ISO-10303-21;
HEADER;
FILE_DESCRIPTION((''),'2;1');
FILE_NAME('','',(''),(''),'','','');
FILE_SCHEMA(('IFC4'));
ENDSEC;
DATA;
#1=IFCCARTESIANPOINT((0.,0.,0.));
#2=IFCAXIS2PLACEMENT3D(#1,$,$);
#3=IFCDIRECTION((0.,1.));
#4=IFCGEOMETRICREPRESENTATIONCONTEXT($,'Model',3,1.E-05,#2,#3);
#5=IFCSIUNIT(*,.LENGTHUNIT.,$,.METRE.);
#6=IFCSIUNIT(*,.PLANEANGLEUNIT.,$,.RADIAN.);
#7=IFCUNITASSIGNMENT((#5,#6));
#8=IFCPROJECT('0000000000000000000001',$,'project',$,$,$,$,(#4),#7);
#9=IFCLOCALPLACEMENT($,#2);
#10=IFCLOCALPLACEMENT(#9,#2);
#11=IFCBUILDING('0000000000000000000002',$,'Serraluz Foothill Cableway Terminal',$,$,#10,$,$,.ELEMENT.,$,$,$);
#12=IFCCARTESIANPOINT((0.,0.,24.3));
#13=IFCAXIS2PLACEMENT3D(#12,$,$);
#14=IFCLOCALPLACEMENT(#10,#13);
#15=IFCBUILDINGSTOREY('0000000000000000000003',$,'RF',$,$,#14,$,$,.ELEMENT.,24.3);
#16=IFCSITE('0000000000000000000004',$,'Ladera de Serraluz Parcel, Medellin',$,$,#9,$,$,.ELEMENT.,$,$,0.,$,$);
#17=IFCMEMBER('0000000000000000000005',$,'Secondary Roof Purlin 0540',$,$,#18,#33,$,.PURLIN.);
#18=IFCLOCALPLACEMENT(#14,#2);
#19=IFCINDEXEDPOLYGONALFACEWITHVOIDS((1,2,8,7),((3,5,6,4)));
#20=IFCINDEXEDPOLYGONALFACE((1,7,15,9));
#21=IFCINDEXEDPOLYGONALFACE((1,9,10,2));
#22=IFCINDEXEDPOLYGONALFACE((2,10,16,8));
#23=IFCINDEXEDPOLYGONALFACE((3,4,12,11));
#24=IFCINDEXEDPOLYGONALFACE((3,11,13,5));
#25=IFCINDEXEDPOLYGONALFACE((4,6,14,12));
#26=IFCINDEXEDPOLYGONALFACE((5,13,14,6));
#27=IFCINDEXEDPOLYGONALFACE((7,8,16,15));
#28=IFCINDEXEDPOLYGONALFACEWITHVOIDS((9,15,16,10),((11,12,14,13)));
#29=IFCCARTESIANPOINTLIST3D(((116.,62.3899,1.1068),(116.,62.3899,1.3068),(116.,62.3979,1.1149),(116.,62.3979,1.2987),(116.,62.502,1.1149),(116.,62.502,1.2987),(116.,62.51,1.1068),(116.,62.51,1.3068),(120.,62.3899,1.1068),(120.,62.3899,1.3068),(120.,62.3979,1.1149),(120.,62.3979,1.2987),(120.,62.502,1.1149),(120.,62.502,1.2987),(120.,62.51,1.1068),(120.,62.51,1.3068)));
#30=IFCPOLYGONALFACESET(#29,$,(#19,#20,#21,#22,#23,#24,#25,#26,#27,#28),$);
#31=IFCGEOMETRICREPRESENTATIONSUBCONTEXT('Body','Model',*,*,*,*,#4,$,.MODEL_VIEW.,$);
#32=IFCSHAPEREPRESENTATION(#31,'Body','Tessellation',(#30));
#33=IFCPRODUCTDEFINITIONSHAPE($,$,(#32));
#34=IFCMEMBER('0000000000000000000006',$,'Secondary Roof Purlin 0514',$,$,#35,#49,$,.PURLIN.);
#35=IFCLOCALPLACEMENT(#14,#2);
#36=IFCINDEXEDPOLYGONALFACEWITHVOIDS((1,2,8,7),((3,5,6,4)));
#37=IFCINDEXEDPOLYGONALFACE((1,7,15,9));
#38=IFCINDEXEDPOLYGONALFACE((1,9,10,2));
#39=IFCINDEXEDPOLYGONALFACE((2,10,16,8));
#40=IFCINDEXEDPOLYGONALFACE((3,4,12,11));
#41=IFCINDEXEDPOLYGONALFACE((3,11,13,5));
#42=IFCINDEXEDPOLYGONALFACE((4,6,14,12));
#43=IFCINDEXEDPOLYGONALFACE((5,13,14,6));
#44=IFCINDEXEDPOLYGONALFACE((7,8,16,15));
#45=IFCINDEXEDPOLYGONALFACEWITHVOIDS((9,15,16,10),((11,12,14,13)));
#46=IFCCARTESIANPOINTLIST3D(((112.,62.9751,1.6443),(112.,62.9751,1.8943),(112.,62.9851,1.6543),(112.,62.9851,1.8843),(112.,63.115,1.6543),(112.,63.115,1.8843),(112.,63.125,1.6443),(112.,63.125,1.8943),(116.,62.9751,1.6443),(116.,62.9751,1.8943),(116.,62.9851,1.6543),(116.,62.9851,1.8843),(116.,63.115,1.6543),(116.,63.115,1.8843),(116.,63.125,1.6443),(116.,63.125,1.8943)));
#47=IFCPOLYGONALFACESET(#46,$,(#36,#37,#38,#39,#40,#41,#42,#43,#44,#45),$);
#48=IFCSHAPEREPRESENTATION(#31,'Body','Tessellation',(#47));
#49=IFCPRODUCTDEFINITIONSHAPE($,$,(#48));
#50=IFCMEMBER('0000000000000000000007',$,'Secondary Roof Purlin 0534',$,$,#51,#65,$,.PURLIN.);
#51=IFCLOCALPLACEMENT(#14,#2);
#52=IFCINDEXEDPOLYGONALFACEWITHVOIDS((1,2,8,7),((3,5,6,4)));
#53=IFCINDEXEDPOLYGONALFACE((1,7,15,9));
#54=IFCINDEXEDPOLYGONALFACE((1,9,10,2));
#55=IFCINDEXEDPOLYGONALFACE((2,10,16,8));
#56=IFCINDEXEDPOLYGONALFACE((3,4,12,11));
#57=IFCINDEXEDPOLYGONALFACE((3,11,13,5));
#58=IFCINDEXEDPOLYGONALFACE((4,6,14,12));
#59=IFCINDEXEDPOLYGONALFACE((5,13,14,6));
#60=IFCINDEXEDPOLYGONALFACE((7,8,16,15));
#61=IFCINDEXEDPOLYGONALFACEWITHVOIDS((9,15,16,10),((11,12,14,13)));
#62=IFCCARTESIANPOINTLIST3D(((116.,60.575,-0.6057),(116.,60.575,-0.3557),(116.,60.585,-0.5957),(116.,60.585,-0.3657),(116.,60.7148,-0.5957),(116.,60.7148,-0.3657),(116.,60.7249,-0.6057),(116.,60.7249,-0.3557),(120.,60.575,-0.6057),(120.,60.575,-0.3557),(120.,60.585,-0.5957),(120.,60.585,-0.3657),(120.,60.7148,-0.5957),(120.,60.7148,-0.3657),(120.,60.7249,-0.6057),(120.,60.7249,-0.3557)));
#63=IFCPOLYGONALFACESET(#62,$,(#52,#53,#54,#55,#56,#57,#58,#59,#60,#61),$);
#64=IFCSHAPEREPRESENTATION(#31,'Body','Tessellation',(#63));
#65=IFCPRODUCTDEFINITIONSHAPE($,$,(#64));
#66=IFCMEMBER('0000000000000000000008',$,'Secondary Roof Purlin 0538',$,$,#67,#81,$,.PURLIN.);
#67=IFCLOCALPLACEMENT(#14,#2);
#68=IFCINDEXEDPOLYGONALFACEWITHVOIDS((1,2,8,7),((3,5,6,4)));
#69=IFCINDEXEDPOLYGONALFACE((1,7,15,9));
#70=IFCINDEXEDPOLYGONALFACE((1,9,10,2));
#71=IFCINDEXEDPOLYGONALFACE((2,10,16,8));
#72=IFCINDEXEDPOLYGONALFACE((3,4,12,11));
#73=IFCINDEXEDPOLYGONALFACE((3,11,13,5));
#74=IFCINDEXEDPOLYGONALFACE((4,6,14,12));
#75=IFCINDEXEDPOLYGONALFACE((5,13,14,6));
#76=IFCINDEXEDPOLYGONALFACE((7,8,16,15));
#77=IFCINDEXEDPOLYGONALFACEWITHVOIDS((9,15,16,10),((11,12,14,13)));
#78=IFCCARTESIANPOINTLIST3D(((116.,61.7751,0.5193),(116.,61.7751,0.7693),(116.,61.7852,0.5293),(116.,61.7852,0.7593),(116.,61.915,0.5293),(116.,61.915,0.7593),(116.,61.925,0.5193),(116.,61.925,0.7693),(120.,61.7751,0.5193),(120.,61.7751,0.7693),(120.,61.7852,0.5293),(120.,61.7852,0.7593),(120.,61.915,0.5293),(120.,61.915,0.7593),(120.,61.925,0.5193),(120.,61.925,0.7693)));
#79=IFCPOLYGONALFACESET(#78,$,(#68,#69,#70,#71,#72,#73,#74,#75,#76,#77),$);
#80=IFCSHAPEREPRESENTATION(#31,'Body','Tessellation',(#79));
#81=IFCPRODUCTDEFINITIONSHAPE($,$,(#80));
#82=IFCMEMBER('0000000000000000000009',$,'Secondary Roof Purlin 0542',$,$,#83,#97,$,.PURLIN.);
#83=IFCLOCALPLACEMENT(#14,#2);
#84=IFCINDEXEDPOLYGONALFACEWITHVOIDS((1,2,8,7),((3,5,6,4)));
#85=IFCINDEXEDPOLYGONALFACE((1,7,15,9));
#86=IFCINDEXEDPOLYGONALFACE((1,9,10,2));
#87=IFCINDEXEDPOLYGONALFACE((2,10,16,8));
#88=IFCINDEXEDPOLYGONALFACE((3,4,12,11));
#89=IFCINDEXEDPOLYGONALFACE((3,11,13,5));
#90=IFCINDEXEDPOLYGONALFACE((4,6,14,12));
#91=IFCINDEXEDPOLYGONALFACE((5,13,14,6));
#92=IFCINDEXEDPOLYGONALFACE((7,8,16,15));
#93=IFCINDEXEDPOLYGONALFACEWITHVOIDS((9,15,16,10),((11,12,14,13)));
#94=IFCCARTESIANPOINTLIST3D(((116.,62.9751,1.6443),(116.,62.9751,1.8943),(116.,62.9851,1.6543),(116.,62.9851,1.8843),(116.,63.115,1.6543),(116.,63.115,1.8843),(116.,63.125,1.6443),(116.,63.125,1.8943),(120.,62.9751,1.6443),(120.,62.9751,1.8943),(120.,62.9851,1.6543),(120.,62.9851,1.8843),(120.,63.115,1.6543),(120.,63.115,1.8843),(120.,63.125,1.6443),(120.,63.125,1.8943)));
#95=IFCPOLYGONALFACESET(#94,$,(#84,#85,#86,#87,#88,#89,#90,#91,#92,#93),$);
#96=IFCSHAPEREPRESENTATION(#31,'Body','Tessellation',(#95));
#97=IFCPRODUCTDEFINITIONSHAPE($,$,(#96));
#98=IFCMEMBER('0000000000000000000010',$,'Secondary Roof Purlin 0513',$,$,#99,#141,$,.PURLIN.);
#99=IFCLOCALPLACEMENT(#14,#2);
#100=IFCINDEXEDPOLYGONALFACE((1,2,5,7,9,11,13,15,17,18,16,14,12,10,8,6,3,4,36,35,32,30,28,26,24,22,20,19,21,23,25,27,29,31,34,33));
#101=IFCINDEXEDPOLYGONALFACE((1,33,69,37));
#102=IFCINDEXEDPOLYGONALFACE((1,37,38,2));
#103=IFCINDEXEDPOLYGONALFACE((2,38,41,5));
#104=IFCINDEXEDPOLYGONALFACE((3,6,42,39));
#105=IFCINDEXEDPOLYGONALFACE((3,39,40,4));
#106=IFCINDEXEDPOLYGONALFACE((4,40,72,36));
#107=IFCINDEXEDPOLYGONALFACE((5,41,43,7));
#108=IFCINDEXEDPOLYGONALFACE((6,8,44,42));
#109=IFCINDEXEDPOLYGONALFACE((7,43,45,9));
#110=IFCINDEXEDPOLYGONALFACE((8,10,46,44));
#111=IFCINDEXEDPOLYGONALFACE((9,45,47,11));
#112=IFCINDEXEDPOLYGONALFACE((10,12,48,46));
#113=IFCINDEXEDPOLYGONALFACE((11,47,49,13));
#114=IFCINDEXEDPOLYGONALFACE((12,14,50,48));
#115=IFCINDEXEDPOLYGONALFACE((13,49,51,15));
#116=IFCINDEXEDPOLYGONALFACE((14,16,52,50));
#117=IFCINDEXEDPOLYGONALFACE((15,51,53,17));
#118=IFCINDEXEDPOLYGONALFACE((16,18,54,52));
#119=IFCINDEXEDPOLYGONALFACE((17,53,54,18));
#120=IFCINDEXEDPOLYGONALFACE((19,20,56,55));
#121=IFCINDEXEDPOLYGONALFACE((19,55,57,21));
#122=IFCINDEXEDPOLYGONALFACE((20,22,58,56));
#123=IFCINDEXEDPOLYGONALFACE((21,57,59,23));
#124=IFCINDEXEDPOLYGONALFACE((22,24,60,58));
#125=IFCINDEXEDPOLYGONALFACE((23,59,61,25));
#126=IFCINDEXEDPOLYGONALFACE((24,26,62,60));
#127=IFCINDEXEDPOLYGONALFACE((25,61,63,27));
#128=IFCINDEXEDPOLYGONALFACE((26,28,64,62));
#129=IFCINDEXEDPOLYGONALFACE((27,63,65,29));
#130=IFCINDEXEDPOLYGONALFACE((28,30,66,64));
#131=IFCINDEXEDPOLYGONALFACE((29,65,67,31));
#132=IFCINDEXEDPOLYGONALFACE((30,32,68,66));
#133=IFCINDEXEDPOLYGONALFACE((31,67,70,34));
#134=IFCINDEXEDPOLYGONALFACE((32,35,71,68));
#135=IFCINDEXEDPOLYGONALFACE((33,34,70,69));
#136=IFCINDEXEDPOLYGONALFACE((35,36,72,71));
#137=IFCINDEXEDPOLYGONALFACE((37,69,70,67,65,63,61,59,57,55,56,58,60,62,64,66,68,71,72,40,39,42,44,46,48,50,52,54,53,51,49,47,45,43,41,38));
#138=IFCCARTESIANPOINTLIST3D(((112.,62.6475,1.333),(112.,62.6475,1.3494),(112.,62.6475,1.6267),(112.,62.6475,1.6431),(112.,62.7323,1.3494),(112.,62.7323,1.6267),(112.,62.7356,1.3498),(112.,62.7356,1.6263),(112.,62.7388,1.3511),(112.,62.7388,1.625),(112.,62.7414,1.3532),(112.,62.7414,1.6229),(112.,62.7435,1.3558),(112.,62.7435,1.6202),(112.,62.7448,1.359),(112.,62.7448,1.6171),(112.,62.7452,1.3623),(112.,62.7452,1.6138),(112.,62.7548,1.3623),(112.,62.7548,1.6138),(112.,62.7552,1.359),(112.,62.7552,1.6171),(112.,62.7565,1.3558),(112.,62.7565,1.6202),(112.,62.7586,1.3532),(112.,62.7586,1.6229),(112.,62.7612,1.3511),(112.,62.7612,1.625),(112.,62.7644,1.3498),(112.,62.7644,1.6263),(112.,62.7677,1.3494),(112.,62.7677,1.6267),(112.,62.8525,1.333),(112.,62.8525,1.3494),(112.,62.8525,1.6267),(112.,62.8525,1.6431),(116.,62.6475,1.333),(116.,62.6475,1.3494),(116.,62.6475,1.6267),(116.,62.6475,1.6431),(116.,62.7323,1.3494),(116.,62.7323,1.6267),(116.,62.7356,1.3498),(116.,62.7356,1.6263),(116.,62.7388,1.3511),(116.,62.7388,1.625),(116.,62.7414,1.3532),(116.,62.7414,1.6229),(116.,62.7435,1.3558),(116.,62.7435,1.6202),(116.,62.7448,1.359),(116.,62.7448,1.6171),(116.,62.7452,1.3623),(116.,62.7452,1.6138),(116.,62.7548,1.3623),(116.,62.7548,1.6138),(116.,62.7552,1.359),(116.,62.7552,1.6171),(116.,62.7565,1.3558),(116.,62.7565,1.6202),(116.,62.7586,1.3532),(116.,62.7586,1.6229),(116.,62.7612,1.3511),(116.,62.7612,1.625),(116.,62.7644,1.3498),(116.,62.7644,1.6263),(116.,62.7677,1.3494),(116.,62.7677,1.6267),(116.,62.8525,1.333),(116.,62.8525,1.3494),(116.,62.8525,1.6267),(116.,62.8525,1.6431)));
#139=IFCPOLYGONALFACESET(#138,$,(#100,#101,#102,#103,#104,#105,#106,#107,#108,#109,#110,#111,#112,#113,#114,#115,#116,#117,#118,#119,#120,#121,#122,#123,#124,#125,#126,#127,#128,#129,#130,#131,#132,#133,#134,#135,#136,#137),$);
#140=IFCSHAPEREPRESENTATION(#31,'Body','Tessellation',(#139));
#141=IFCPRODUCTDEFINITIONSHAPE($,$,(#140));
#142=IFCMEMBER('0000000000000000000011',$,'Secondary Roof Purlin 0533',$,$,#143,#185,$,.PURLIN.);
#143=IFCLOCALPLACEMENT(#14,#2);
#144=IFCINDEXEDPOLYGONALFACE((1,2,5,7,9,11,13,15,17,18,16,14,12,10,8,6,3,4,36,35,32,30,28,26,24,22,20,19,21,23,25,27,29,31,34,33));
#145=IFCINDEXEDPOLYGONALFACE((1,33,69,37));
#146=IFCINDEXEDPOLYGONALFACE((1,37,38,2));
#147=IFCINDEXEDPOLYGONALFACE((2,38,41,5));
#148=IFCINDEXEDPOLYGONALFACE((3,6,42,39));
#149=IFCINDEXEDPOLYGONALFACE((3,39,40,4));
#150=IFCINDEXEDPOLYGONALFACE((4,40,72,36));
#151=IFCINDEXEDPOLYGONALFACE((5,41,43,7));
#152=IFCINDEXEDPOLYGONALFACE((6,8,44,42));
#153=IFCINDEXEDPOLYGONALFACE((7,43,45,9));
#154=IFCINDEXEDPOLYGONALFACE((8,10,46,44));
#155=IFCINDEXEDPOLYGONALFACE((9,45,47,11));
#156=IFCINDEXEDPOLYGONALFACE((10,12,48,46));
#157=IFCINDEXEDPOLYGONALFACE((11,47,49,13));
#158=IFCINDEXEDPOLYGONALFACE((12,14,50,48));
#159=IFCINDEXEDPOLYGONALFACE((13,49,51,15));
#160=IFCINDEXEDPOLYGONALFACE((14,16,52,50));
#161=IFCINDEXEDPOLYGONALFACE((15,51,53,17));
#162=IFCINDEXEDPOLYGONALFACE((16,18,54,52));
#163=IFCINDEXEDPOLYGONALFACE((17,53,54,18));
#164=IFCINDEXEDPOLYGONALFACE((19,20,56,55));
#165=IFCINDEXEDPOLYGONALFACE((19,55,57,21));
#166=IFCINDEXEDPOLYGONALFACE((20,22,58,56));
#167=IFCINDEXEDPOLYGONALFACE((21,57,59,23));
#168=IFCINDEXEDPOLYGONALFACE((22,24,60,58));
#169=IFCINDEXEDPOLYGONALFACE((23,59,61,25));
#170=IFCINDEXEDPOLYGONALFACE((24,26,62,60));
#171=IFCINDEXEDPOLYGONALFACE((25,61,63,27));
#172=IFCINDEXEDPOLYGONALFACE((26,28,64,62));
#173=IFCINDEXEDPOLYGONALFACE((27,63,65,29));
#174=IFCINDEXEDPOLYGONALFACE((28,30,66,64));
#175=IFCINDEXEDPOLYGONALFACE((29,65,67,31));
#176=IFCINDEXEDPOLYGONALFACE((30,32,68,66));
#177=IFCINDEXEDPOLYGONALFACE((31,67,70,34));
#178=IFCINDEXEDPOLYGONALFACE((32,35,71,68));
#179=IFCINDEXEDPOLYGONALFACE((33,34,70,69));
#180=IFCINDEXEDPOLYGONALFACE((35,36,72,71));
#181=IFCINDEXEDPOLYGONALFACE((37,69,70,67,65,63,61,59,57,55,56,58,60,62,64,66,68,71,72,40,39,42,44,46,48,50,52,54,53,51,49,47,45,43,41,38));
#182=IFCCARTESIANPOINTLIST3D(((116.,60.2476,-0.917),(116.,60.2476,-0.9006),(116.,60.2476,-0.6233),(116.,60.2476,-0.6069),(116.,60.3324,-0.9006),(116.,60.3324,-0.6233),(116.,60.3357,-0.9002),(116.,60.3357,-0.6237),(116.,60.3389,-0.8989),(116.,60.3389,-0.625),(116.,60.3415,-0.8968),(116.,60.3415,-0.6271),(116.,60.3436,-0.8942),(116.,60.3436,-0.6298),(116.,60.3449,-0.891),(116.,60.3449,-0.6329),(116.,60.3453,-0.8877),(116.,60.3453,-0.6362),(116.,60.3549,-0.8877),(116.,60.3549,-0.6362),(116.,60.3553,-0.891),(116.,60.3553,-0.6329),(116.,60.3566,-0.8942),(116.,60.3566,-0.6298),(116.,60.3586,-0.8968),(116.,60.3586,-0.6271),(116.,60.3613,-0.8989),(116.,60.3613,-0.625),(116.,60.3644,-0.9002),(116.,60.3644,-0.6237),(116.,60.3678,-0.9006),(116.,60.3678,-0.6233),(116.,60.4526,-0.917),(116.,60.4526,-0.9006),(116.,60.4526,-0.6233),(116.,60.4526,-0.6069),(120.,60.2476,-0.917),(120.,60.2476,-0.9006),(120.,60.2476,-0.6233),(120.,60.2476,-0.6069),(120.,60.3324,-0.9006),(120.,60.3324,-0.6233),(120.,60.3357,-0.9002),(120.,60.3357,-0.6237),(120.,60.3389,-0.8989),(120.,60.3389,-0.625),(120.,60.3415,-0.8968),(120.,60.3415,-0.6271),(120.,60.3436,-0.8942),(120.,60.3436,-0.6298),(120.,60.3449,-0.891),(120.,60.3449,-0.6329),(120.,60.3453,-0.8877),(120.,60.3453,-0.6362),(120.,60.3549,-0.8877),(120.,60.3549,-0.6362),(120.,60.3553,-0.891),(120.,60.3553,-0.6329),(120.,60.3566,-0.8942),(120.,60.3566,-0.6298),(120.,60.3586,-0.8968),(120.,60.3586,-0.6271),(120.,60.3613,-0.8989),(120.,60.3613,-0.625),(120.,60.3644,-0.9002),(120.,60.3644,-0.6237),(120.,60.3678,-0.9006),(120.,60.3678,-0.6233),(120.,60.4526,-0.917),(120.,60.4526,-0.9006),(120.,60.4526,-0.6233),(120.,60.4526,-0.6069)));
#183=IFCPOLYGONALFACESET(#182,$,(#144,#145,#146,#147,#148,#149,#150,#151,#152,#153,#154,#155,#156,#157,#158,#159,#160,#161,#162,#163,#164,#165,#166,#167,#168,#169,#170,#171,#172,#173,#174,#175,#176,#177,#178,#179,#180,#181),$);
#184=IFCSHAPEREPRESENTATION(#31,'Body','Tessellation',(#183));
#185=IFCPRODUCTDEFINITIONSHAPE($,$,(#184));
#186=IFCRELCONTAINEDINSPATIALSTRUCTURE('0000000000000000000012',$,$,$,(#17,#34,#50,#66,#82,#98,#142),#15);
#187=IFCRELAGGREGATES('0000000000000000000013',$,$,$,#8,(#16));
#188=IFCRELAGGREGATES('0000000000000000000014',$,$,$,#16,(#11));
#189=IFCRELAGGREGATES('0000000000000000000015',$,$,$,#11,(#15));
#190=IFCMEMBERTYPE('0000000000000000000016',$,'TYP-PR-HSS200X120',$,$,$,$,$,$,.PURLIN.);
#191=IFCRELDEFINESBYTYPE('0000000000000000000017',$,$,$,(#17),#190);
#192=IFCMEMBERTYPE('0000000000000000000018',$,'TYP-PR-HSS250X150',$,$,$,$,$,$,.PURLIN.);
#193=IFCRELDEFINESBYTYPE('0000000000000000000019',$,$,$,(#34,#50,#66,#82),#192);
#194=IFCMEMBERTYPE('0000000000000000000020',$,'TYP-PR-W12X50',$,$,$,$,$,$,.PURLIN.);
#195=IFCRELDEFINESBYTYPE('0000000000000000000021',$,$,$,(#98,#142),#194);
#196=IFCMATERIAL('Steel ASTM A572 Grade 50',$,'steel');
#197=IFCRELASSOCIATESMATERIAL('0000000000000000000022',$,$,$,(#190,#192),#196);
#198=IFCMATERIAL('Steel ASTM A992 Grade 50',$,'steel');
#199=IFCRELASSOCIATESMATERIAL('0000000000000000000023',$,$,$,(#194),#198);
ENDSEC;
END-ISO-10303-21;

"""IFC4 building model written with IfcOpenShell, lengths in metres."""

from ifc_helpers import new_model, si_unit, direction, frame, origin, origin_2d, place, context, subcontext, project, spatial, hollow_rectangle, i_section, extrude, material, material_profile, profile_set, type_object, element, save


model = new_model("IFC4")

# Units and contexts
model_context = context("Model", 3, precision=1e-05, world=origin(), true_north=direction((0.0, 1.0)))
body_context = subcontext(model_context, "Body", "Model", "MODEL_VIEW")
ifc_project = project(units=[si_unit("LENGTHUNIT", "METRE"), si_unit("PLANEANGLEUNIT", "RADIAN")], contexts=[model_context])

# Site, building, storey
site_placement = place(None, origin())
site = spatial("IfcSite", under=ifc_project, at=site_placement, Name="Ladera de Serraluz Parcel, Medellin", CompositionType="ELEMENT", RefElevation=0.0)
building_placement = place(site_placement, origin())
building = spatial("IfcBuilding", under=site, at=building_placement, Name="Serraluz Foothill Cableway Terminal", CompositionType="ELEMENT")
storey_placement = place(building_placement, frame((0.0, 0.0, 24.3)))
storey = spatial("IfcBuildingStorey", under=building, at=storey_placement, Name="RF", CompositionType="ELEMENT", Elevation=24.3)

# Members
ifc_material_1 = material(Name="Steel ASTM A572 Grade 50", Category="steel")
ifc_material_profile_1 = material_profile(ifc_material_1, hollow_rectangle(XDim=0.1201, YDim=0.2, WallThickness=0.0081, at=origin_2d()), Name="HSS200X120X8")
ifc_profile_set_1 = profile_set([ifc_material_profile_1], Name="Steel ASTM A572 Grade 50")
member_type_1 = type_object("IfcMemberType", Name="TYP-PR-HSS200X120", PredefinedType="PURLIN", material=ifc_profile_set_1)
for number, where, z_axis, x_axis, name in (
    (1, (116.0, 62.45, 1.2068), (1.0, 0.0, 0.0), (0.0, 1.0, 0.0), "Secondary Roof Purlin 0540"),
):
    element("IfcMember", number, at=place(storey_placement, frame(where, z_axis=z_axis, x_axis=x_axis)), inside=storey, type_object=member_type_1, Name=name, PredefinedType="PURLIN", context=body_context, shape_type="SweptSolid", body=[
        extrude(hollow_rectangle(XDim=0.1201, YDim=0.2, WallThickness=0.0081, at=origin_2d()), origin(), (0.0, 0.0, 1.0), 4.0),
    ])
ifc_material_profile_2 = material_profile(ifc_material_1, hollow_rectangle(XDim=0.1499, YDim=0.25, WallThickness=0.01, at=origin_2d()), Name="HSS250X150X10")
ifc_profile_set_2 = profile_set([ifc_material_profile_2], Name="Steel ASTM A572 Grade 50")
member_type_2 = type_object("IfcMemberType", Name="TYP-PR-HSS250X150", PredefinedType="PURLIN", material=ifc_profile_set_2)
for number, where, z_axis, x_axis, name in (
    (2, (112.0, 63.05, 1.7693), (1.0, 0.0, 0.0), (0.0, 1.0, 0.0), "Secondary Roof Purlin 0514"),
    (3, (116.0, 60.6499, -0.4807), (1.0, 0.0, 0.0), (0.0, 1.0, 0.0), "Secondary Roof Purlin 0534"),
    (4, (116.0, 61.8501, 0.6443), (1.0, 0.0, 0.0), (0.0, 1.0, 0.0), "Secondary Roof Purlin 0538"),
    (5, (116.0, 63.05, 1.7693), (1.0, 0.0, 0.0), (0.0, 1.0, 0.0), "Secondary Roof Purlin 0542"),
):
    element("IfcMember", number, at=place(storey_placement, frame(where, z_axis=z_axis, x_axis=x_axis)), inside=storey, type_object=member_type_2, Name=name, PredefinedType="PURLIN", context=body_context, shape_type="SweptSolid", body=[
        extrude(hollow_rectangle(XDim=0.1499, YDim=0.25, WallThickness=0.01, at=origin_2d()), origin(), (0.0, 0.0, 1.0), 4.0),
    ])
ifc_material_2 = material(Name="Steel ASTM A992 Grade 50", Category="steel")
ifc_material_profile_3 = material_profile(ifc_material_2, i_section(OverallWidth=0.2051, OverallDepth=0.3101, WebThickness=0.0095, FlangeThickness=0.0164, FilletRadius=0.0129, at=origin_2d()), Name="W12X50")
ifc_profile_set_3 = profile_set([ifc_material_profile_3], Name="Steel ASTM A992 Grade 50")
member_type_3 = type_object("IfcMemberType", Name="TYP-PR-W12X50", PredefinedType="PURLIN", material=ifc_profile_set_3)
for number, where, z_axis, x_axis, name in (
    (6, (112.0, 62.75, 1.488), (1.0, 0.0, 0.0), (0.0, 1.0, 0.0), "Secondary Roof Purlin 0513"),
    (7, (116.0, 60.3501, -0.762), (1.0, 0.0, 0.0), (0.0, 1.0, 0.0), "Secondary Roof Purlin 0533"),
):
    element("IfcMember", number, at=place(storey_placement, frame(where, z_axis=z_axis, x_axis=x_axis)), inside=storey, type_object=member_type_3, Name=name, PredefinedType="PURLIN", context=body_context, shape_type="SweptSolid", body=[
        extrude(i_section(OverallWidth=0.2051, OverallDepth=0.3101, WebThickness=0.0095, FlangeThickness=0.0164, FilletRadius=0.0129, at=origin_2d()), origin(), (0.0, 0.0, 1.0), 4.0),
    ])

save(model, "model.ifc")
